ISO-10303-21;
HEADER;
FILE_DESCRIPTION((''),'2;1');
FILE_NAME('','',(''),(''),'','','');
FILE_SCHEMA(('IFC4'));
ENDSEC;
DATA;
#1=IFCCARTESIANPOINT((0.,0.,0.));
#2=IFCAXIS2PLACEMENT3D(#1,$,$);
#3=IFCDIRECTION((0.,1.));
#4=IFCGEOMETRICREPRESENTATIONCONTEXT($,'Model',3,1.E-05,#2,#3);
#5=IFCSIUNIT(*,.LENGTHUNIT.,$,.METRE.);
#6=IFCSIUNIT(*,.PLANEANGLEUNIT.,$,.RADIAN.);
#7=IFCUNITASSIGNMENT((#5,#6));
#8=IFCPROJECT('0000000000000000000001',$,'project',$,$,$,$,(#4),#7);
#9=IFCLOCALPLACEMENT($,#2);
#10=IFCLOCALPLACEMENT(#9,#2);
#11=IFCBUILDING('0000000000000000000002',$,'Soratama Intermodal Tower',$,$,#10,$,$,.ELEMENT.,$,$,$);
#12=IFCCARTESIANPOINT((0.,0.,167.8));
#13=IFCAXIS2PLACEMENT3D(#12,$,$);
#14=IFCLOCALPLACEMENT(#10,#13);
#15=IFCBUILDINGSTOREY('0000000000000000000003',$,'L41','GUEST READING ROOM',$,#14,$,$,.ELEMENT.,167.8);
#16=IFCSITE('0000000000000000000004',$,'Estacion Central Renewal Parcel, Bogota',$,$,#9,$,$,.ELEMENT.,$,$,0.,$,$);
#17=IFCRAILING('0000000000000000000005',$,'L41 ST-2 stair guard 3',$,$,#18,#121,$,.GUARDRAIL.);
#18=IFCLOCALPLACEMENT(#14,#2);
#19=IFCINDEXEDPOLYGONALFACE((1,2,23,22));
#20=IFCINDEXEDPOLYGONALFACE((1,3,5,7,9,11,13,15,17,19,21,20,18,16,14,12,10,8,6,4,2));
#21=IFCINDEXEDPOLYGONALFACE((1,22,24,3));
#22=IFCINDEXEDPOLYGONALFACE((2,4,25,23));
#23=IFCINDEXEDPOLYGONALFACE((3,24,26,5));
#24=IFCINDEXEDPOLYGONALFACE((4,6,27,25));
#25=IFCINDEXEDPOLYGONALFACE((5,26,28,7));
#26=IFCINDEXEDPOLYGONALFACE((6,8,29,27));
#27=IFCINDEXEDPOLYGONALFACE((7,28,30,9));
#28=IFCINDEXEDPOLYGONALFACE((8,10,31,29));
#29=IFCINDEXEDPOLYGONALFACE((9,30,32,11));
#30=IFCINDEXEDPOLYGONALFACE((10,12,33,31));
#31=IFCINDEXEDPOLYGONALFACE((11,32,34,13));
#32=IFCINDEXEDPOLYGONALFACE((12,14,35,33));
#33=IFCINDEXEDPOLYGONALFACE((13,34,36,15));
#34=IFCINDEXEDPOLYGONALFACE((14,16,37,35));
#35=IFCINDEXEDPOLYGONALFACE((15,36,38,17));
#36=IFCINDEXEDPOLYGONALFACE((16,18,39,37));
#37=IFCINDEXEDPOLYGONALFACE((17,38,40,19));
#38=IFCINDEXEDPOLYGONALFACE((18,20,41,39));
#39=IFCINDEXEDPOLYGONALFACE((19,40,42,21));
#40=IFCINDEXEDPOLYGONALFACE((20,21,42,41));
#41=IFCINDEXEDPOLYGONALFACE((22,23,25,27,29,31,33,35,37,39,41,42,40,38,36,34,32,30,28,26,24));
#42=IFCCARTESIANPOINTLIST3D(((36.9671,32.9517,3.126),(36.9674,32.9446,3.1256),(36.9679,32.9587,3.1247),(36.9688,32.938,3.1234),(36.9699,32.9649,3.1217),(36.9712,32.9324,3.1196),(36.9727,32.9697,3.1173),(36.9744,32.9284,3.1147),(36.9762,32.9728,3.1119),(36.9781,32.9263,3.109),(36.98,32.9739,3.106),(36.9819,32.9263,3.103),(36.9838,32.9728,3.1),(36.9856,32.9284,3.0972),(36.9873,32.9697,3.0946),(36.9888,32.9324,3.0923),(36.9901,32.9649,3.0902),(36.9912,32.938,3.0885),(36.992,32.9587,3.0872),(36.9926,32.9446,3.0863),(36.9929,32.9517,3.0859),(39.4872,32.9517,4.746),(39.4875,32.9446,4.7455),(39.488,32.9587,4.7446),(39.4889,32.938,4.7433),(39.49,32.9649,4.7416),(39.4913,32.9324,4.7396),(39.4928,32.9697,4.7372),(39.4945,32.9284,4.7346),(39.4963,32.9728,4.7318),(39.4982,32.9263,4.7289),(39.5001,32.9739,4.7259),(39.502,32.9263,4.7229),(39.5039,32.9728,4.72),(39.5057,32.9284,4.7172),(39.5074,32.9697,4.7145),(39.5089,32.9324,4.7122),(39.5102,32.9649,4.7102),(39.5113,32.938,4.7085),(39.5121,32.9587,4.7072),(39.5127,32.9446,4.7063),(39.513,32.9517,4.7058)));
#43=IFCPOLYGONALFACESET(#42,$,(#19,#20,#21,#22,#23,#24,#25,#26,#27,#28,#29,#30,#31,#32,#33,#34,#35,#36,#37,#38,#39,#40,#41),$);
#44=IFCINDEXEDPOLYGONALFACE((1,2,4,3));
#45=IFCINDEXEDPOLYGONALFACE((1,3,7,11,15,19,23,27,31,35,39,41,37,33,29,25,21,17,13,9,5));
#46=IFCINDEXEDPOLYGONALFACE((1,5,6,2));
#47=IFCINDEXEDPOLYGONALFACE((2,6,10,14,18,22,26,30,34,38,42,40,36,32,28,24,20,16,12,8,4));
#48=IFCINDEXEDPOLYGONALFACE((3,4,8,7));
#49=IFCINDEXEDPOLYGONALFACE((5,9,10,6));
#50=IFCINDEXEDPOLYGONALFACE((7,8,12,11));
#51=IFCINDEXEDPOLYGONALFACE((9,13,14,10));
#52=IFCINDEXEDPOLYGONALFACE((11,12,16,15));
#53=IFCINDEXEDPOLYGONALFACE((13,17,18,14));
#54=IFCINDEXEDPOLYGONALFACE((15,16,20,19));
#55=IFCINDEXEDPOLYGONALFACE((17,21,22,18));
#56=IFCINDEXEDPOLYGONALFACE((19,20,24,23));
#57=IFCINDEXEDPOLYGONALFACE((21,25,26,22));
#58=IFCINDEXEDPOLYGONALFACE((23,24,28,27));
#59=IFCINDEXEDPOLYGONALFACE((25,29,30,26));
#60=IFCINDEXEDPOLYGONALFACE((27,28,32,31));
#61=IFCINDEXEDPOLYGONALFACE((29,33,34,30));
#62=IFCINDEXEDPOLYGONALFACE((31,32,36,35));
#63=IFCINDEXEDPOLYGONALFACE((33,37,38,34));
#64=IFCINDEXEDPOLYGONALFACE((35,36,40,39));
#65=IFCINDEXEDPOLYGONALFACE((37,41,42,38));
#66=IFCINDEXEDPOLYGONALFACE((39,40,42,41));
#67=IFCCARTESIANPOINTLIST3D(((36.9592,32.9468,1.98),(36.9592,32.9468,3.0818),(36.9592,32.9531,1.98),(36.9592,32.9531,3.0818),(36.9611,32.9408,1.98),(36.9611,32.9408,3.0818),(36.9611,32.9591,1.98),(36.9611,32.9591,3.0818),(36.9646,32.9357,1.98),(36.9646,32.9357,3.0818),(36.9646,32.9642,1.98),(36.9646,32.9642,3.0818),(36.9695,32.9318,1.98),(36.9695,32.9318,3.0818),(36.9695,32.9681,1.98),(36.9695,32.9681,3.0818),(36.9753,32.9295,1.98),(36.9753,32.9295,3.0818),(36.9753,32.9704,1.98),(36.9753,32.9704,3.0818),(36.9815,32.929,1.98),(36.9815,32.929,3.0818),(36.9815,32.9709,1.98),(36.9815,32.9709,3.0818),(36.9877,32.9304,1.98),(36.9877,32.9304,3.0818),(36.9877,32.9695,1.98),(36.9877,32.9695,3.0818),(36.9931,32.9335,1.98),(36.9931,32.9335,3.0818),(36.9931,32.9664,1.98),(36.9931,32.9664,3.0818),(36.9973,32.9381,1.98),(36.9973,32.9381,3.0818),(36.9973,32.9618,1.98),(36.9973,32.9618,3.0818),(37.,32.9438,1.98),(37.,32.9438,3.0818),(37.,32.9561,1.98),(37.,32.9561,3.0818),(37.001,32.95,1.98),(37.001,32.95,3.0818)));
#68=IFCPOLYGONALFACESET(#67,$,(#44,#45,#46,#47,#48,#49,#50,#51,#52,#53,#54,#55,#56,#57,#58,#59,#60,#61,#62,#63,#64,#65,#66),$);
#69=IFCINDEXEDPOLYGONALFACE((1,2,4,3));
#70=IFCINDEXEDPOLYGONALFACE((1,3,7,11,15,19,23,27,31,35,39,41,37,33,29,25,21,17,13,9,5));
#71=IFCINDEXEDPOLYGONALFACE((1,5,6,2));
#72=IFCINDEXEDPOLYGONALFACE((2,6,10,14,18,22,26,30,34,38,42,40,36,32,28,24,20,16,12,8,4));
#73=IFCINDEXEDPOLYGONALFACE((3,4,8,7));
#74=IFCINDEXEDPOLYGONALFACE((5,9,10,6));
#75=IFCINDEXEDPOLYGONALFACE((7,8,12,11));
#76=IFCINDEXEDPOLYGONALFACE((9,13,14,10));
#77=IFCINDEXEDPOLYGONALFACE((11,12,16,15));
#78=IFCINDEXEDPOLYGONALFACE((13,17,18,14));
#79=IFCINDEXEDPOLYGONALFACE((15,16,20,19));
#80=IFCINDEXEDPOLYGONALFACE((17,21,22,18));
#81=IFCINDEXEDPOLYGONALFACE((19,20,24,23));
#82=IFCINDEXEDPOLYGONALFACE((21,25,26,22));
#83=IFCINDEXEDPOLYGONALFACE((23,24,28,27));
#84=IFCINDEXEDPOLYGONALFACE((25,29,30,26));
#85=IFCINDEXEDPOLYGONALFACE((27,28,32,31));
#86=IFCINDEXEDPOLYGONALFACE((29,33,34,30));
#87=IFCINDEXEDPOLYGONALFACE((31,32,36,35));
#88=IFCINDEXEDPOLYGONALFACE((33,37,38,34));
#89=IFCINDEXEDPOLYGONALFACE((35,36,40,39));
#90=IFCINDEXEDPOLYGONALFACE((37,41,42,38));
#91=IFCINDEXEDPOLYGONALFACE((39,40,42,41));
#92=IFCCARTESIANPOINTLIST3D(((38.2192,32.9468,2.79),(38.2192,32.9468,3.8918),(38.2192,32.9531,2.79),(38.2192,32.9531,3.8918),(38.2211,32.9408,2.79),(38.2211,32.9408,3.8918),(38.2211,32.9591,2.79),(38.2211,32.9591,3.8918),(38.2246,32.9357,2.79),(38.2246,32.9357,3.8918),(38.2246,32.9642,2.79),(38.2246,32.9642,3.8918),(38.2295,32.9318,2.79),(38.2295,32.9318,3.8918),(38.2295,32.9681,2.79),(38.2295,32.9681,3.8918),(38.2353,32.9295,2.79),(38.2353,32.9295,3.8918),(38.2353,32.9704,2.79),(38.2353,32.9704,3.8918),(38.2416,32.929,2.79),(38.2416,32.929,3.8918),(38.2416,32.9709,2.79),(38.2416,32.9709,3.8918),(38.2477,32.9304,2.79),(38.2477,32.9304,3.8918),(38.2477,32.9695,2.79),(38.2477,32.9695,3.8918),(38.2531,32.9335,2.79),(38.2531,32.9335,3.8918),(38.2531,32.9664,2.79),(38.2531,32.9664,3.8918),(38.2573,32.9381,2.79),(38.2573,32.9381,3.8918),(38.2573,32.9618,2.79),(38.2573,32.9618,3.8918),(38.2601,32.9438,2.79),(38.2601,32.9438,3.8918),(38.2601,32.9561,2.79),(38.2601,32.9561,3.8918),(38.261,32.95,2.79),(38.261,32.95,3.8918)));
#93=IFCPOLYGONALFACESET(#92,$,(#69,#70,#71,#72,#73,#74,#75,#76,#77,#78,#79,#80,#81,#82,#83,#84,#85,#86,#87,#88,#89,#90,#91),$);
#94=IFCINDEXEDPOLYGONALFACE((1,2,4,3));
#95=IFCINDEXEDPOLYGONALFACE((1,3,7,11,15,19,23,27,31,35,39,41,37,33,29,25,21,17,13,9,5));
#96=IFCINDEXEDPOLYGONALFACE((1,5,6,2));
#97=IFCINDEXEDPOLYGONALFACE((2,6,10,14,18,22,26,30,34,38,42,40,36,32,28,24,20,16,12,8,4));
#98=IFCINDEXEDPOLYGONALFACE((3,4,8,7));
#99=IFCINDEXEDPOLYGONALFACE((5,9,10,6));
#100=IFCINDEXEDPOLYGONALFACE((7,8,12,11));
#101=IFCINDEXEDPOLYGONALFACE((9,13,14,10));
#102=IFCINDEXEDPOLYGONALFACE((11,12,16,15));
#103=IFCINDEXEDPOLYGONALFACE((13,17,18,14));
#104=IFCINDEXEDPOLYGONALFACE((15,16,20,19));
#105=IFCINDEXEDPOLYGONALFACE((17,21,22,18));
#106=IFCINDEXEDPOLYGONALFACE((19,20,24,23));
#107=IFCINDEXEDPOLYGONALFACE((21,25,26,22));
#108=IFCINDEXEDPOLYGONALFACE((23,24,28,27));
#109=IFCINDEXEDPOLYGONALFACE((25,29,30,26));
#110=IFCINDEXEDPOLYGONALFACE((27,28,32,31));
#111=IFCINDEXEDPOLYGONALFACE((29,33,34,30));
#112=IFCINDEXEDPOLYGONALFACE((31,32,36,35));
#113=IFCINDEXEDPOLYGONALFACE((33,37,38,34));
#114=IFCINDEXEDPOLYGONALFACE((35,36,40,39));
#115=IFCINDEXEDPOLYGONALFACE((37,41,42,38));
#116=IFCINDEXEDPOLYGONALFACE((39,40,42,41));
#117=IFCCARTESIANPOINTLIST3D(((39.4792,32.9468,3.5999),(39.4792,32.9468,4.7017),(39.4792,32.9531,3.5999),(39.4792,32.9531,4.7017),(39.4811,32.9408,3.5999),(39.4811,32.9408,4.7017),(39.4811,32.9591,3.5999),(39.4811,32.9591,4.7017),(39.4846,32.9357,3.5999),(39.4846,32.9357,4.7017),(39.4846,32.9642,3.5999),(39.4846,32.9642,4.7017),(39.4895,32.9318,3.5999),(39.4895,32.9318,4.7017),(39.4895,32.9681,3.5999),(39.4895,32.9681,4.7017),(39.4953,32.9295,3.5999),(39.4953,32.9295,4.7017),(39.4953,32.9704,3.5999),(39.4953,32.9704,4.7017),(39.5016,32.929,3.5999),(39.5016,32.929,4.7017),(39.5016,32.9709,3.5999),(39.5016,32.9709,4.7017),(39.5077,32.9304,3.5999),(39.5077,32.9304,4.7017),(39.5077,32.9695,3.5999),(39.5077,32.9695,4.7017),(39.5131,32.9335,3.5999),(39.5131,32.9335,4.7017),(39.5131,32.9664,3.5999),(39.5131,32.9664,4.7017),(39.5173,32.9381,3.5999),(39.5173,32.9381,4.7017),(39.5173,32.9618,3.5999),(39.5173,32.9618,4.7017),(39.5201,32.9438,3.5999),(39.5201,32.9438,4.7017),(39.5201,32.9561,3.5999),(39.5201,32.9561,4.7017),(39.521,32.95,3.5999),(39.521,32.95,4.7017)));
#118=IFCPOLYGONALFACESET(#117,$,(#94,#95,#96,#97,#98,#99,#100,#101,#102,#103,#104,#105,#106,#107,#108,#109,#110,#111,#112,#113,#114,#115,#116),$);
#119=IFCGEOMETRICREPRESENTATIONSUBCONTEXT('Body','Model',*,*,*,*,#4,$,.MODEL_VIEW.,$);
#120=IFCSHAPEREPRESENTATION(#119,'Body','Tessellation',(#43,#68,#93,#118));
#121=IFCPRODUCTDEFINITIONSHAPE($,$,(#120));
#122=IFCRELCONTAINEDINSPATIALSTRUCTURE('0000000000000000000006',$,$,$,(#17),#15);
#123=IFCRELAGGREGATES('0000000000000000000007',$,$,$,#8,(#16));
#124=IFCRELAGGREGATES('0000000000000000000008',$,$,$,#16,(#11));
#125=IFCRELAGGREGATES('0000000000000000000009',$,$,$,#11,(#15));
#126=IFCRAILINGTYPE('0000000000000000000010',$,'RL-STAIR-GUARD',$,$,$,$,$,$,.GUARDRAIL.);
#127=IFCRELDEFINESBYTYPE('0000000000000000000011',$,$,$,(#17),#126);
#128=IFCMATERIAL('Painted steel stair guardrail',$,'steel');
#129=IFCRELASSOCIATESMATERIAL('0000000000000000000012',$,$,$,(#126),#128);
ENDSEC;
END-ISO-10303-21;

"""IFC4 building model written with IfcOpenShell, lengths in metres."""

from ifc_helpers import new_model, si_unit, direction, frame, origin, origin_2d, place, context, subcontext, project, spatial, circle, extrude, material, type_object, element, save


model = new_model("IFC4")

# Units and contexts
model_context = context("Model", 3, precision=1e-05, world=origin(), true_north=direction((0.0, 1.0)))
body_context = subcontext(model_context, "Body", "Model", "MODEL_VIEW")
ifc_project = project(units=[si_unit("LENGTHUNIT", "METRE"), si_unit("PLANEANGLEUNIT", "RADIAN")], contexts=[model_context])

# Site, building, storey
site_placement = place(None, origin())
site = spatial("IfcSite", under=ifc_project, at=site_placement, Name="Estacion Central Renewal Parcel, Bogota", CompositionType="ELEMENT", RefElevation=0.0)
building_placement = place(site_placement, origin())
building = spatial("IfcBuilding", under=site, at=building_placement, Name="Soratama Intermodal Tower", CompositionType="ELEMENT")
storey_placement = place(building_placement, frame((0.0, 0.0, 167.8)))
storey = spatial("IfcBuildingStorey", under=building, at=storey_placement, Name="L41", Description="GUEST READING ROOM", CompositionType="ELEMENT", Elevation=167.8)

# Railing
ifc_material_1 = material(Name="Painted steel stair guardrail", Category="steel")
railing_type_1 = type_object("IfcRailingType", Name="RL-STAIR-GUARD", PredefinedType="GUARDRAIL", material=ifc_material_1)
railing_1_placement = place(storey_placement, frame((36.98, 32.95, 1.98)))
element("IfcRailing", 1, at=railing_1_placement, inside=storey, type_object=railing_type_1, Name="L41 ST-2 stair guard 3", PredefinedType="GUARDRAIL", context=body_context, shape_type="SweptSolid", body=[
    extrude(circle(Radius=0.0239, at=origin_2d()), frame((0.0, 0.0, 1.126), z_axis=(0.8412, 0.0, 0.540725), x_axis=(0.0, 1.0, 0.0)), (0.0, 0.0, 1.0), 2.9958),
    extrude(circle(Radius=0.021, at=origin_2d()), origin(), (0.0, 0.0, 1.0), 1.1018),
    extrude(circle(Radius=0.021, at=origin_2d()), frame((1.26, 0.0, 0.8101)), (0.0, 0.0, 1.0), 1.1018),
    extrude(circle(Radius=0.021, at=origin_2d()), frame((2.52, 0.0, 1.6199)), (0.0, 0.0, 1.0), 1.1018),
])

save(model, "model.ifc")
